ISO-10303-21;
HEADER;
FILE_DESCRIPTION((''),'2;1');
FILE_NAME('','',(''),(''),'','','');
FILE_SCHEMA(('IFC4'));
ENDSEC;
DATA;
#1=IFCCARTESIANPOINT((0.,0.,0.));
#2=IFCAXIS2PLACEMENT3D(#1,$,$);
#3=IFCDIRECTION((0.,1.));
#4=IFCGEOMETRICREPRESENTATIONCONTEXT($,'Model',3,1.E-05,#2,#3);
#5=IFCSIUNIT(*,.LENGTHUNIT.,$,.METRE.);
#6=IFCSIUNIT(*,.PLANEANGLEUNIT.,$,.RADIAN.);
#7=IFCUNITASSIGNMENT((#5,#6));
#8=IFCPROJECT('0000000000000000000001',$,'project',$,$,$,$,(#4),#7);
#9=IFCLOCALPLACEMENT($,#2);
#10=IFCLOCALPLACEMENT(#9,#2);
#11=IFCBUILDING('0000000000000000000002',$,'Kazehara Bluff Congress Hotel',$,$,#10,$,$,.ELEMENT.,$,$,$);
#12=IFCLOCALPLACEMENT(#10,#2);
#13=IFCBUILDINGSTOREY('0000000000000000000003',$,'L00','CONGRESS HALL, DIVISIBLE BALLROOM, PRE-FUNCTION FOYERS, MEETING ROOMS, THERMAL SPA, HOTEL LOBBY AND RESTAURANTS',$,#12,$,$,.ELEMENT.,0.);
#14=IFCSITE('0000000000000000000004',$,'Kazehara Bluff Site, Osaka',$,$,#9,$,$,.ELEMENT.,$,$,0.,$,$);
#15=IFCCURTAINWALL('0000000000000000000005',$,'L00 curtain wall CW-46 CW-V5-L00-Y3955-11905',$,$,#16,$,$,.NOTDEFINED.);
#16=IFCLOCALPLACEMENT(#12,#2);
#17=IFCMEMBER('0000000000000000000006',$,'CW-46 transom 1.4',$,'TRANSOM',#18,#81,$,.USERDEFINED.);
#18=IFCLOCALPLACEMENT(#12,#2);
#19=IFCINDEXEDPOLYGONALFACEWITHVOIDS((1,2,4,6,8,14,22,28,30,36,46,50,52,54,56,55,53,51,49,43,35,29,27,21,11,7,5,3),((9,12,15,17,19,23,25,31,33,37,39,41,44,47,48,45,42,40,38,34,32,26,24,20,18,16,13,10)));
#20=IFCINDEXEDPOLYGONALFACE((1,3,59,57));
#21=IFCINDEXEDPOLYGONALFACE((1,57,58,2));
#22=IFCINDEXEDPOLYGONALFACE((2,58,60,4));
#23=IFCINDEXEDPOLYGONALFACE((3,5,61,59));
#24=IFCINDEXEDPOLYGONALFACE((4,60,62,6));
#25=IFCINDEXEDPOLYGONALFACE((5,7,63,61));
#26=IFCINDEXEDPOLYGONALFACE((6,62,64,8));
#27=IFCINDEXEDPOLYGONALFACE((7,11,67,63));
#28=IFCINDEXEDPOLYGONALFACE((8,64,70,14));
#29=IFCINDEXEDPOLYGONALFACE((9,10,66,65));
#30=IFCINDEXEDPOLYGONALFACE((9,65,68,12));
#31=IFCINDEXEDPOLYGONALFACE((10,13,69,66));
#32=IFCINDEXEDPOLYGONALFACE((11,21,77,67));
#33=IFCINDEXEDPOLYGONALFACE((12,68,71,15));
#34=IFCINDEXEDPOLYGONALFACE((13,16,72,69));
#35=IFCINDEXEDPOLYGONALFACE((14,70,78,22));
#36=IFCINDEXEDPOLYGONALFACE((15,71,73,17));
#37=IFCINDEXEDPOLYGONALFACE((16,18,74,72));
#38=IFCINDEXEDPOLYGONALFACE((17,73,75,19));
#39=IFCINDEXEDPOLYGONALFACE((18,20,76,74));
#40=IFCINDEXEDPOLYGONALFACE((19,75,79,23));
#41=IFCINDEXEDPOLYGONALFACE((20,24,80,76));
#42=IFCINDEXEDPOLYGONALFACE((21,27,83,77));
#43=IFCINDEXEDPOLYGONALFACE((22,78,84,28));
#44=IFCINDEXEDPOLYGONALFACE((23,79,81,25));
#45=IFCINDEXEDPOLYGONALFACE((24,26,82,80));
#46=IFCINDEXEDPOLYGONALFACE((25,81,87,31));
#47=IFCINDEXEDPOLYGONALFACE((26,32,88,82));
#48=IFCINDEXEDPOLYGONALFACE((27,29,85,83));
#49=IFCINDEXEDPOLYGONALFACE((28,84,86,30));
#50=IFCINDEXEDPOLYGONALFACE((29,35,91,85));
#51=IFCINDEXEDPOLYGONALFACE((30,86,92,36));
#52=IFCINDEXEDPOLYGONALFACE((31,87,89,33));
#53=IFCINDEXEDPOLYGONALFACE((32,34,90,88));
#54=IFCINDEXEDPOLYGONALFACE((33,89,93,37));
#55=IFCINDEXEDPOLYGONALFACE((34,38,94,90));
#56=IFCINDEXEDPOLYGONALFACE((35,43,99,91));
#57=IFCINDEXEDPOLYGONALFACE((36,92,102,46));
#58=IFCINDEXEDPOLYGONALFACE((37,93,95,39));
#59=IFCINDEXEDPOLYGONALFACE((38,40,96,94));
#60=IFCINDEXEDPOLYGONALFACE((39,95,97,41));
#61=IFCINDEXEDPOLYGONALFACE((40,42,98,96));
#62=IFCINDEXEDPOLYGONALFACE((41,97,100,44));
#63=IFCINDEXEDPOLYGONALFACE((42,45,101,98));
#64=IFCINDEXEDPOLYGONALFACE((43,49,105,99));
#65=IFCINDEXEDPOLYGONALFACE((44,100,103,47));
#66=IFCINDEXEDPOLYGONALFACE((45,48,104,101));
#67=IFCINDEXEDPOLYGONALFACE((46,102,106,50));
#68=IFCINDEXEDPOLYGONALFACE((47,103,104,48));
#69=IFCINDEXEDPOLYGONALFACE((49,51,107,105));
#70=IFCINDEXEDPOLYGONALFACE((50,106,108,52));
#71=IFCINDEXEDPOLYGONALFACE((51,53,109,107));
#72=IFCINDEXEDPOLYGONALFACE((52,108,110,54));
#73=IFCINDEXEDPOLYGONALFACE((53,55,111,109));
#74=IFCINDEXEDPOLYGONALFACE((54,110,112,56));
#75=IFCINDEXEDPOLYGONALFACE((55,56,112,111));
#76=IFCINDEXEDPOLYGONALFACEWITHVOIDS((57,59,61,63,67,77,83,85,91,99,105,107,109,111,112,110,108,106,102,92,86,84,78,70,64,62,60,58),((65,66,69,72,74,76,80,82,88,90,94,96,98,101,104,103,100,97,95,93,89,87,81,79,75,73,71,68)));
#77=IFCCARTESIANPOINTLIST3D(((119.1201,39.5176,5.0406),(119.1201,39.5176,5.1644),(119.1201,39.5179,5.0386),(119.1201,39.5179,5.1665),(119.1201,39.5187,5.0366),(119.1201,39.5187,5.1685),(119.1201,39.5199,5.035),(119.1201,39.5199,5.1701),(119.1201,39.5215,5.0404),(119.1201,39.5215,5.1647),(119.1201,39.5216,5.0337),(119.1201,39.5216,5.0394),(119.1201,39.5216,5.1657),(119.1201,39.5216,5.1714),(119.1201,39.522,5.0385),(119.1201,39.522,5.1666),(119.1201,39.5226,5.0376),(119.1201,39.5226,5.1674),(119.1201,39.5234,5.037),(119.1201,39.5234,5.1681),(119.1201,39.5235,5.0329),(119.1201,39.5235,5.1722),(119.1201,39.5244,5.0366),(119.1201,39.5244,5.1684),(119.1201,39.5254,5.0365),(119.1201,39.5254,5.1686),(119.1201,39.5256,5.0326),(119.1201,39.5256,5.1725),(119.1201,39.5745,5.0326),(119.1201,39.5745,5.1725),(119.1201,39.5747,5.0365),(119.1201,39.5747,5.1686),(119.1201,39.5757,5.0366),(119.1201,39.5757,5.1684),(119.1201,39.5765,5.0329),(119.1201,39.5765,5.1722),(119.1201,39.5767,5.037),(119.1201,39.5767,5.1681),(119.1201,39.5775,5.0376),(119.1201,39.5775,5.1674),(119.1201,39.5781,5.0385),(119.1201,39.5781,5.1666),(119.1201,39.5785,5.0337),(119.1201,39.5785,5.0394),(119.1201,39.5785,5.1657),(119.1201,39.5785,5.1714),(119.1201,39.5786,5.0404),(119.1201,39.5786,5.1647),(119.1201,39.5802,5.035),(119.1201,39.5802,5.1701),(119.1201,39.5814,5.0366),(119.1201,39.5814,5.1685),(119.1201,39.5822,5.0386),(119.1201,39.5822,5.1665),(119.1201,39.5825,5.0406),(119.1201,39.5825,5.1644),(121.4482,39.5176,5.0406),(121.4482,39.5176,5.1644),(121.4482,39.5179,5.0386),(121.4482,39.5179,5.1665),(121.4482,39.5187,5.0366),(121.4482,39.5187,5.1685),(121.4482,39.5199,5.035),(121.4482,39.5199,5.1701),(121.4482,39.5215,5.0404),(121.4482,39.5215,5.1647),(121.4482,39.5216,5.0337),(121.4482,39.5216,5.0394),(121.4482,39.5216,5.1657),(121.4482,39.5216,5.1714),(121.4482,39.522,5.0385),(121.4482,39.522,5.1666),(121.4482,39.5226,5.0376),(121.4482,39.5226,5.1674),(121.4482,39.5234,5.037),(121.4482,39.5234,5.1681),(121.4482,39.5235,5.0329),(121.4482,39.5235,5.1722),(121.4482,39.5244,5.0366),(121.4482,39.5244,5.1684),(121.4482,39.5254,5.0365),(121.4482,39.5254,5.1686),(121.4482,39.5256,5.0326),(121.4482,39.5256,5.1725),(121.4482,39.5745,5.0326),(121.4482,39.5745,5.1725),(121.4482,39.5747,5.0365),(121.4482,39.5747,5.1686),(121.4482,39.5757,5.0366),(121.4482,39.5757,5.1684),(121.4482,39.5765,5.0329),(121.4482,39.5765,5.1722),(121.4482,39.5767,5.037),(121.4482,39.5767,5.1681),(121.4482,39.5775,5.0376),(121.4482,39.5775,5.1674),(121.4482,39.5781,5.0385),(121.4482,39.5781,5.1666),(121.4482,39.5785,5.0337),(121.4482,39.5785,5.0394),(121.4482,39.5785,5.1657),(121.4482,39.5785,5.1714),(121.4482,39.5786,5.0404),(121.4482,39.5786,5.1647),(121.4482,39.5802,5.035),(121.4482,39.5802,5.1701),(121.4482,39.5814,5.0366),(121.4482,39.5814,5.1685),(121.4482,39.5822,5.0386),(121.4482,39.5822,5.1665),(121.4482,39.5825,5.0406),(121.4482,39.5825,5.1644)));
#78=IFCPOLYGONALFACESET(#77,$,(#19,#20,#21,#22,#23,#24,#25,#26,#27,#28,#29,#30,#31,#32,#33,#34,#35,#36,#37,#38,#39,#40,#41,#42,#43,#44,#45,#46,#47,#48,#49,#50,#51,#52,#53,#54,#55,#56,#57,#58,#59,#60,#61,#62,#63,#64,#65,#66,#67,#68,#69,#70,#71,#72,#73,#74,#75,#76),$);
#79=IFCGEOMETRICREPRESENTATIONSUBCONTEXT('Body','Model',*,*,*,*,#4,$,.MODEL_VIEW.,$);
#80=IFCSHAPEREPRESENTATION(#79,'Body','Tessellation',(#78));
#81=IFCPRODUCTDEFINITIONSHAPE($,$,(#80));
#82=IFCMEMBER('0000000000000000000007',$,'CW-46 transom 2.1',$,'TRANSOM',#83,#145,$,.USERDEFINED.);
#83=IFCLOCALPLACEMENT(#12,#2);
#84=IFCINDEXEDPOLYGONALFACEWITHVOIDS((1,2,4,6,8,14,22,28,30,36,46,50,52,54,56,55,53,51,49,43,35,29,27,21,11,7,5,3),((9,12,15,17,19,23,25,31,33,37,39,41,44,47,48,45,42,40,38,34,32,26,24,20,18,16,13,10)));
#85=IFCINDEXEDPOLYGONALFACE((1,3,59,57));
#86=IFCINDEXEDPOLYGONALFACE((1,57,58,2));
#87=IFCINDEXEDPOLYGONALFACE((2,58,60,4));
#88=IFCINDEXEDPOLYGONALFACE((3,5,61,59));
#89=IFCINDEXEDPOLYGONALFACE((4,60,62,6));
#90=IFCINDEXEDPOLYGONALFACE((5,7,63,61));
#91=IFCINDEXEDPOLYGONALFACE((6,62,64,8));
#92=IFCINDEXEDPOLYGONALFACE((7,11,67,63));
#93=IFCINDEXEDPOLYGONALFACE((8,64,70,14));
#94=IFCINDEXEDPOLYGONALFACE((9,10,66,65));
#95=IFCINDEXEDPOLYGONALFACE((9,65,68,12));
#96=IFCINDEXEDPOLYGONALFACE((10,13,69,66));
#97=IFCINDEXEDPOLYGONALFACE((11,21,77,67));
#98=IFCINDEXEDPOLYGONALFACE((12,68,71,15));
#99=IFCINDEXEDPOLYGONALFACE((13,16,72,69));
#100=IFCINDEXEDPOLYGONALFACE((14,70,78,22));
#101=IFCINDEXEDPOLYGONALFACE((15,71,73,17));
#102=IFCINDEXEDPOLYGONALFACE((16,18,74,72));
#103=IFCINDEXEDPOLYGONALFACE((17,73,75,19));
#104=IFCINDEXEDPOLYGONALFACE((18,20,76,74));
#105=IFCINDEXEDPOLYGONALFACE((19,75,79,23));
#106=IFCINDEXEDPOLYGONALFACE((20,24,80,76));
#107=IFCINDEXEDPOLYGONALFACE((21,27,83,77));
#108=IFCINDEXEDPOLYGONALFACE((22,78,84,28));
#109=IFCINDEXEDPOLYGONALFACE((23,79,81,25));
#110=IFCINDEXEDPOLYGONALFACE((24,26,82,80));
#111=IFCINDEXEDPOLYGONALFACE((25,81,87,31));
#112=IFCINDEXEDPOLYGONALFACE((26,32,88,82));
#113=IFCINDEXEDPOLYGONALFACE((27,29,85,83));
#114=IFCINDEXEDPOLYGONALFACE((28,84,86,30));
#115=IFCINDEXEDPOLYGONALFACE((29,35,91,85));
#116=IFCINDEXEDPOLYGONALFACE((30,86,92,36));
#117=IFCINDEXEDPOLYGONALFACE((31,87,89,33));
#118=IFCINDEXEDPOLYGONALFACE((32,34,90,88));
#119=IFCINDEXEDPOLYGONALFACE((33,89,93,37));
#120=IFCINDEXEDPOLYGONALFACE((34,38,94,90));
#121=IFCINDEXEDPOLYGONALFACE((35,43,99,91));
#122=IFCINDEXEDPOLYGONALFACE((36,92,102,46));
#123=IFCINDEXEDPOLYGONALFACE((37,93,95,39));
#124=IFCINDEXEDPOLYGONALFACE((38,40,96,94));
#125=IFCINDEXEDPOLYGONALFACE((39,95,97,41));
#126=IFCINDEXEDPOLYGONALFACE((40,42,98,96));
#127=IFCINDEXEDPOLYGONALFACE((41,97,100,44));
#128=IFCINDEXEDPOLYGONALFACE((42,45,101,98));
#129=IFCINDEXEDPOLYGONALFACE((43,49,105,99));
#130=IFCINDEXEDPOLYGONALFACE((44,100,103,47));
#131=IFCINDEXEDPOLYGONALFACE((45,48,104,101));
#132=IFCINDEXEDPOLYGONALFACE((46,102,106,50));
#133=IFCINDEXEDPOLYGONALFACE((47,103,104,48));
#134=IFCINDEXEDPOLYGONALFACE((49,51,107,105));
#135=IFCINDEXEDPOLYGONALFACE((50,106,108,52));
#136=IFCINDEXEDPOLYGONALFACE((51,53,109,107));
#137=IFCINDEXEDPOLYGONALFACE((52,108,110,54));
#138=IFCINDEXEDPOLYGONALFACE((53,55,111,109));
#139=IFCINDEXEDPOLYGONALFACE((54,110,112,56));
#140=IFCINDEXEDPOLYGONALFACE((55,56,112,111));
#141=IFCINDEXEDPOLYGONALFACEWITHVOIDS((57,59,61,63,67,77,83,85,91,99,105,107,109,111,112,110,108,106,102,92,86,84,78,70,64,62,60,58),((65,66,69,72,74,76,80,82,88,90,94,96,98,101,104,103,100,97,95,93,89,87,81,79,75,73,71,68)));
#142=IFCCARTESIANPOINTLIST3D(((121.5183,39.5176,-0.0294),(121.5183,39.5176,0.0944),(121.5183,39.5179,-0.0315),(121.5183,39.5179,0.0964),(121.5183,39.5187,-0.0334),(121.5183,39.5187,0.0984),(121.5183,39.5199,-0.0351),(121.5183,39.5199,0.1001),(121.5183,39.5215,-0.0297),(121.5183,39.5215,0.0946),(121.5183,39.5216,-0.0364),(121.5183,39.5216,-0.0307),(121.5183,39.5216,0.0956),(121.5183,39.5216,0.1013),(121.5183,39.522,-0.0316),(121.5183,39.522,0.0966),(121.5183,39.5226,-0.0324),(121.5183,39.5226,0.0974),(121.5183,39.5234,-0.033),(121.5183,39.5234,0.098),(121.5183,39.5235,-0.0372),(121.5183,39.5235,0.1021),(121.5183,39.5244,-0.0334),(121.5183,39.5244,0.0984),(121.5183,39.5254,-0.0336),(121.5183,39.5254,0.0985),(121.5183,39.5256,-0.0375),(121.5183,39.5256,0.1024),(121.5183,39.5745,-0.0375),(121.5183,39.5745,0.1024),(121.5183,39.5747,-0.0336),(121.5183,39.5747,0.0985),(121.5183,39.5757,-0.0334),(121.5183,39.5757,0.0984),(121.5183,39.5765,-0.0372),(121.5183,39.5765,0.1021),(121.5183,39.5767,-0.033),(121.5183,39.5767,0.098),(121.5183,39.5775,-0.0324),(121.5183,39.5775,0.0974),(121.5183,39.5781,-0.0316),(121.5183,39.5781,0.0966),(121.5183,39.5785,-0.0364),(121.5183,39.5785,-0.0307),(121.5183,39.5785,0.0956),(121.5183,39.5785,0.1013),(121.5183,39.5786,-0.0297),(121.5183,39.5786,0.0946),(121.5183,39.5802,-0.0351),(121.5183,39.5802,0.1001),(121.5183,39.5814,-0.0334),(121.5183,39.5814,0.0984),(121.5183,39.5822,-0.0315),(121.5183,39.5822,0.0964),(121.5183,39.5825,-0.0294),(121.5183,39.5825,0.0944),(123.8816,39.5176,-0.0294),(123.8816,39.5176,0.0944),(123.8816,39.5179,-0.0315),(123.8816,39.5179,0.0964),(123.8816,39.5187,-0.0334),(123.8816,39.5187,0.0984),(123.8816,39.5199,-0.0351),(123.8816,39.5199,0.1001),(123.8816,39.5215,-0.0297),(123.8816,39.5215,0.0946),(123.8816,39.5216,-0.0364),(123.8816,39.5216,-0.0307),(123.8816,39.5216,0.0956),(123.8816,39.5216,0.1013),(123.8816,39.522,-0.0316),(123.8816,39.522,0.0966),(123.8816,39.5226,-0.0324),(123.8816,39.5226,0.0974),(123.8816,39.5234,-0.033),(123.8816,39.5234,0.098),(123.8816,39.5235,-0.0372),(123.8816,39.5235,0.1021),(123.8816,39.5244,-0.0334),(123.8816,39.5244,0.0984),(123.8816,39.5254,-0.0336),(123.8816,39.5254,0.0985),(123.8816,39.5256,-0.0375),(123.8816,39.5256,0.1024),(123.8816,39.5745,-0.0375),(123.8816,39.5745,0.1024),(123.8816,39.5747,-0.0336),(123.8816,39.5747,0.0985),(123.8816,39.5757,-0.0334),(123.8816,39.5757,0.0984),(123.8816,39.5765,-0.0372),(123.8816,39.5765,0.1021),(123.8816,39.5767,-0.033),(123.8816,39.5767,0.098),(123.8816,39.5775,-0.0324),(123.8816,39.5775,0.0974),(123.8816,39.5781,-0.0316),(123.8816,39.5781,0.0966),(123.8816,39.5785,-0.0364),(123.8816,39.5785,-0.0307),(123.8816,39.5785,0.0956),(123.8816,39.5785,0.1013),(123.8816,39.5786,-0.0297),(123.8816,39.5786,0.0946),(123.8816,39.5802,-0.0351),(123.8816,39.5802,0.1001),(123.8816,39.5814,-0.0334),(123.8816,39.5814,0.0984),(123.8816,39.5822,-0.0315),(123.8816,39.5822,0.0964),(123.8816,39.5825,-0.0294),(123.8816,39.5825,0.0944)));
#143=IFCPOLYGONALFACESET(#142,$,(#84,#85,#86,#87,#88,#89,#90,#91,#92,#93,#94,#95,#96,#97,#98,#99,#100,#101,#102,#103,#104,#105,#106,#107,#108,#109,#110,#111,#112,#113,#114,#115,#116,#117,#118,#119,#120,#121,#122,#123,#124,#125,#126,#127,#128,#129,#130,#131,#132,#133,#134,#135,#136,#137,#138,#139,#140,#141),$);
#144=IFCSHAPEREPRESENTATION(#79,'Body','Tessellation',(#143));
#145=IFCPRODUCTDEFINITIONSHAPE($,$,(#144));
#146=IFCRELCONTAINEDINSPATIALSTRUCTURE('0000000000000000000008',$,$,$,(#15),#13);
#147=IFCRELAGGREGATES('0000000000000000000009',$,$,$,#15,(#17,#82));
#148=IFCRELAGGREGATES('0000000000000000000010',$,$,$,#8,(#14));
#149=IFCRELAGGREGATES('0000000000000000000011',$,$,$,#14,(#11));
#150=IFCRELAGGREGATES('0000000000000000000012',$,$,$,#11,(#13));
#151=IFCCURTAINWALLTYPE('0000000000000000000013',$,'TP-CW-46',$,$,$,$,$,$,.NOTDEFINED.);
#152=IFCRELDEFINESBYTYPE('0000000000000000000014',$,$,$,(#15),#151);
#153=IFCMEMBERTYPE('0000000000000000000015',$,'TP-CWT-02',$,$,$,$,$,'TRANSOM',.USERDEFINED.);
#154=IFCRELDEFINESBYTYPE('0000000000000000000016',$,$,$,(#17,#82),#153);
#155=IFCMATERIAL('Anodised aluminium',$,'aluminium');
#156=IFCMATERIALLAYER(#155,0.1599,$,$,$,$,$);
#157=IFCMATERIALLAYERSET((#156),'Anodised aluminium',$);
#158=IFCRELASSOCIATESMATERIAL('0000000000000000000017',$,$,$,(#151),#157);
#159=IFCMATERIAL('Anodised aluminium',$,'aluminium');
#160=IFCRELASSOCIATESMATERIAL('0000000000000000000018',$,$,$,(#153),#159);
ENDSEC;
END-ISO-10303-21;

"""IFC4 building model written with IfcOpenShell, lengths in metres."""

from ifc_helpers import new_model, si_unit, direction, frame, origin, origin_2d, place, context, subcontext, project, spatial, hollow_rectangle, extrude, material, layer, layer_set, material_profile, profile_set, type_object, element, aggregate, save


model = new_model("IFC4")

# Units and contexts
model_context = context("Model", 3, precision=1e-05, world=origin(), true_north=direction((0.0, 1.0)))
body_context = subcontext(model_context, "Body", "Model", "MODEL_VIEW")
ifc_project = project(units=[si_unit("LENGTHUNIT", "METRE"), si_unit("PLANEANGLEUNIT", "RADIAN")], contexts=[model_context])

# Site, building, storey
site_placement = place(None, origin())
site = spatial("IfcSite", under=ifc_project, at=site_placement, Name="Kazehara Bluff Site, Osaka", CompositionType="ELEMENT", RefElevation=0.0)
building_placement = place(site_placement, origin())
building = spatial("IfcBuilding", under=site, at=building_placement, Name="Kazehara Bluff Congress Hotel", CompositionType="ELEMENT")
storey_placement = place(building_placement, origin())
storey = spatial("IfcBuildingStorey", under=building, at=storey_placement, Name="L00", Description="CONGRESS HALL, DIVISIBLE BALLROOM, PRE-FUNCTION FOYERS, MEETING ROOMS, THERMAL SPA, HOTEL LOBBY AND RESTAURANTS", CompositionType="ELEMENT", Elevation=0.0)

# Curtain wall, members
ifc_material_1 = material(Name="Anodised aluminium", Category="aluminium")
ifc_layer_1 = layer(ifc_material_1, 0.1599)
ifc_layer_set_1 = layer_set([ifc_layer_1], Name="Anodised aluminium")
curtain_wall_type = type_object("IfcCurtainWallType", Name="TP-CW-46", PredefinedType="NOTDEFINED", material=ifc_layer_set_1)
curtain_wall_placement = place(storey_placement, origin())
curtain_wall = element("IfcCurtainWall", 1, at=curtain_wall_placement, inside=storey, type_object=curtain_wall_type, Name="L00 curtain wall CW-46 CW-V5-L00-Y3955-11905", PredefinedType="NOTDEFINED")
ifc_material_2 = material(Name="Anodised aluminium", Category="aluminium")
ifc_material_profile_1 = material_profile(ifc_material_2, hollow_rectangle(XDim=0.0649, YDim=0.1399, WallThickness=0.0039, InnerFilletRadius=0.0039, OuterFilletRadius=0.0081, at=origin_2d()))
ifc_profile_set_1 = profile_set([ifc_material_profile_1], Name="Anodised aluminium")
member_type_1 = type_object("IfcMemberType", Name="TP-CWT-02", ElementType="TRANSOM", PredefinedType="USERDEFINED", material=ifc_profile_set_1)
member_1_placement = place(storey_placement, frame((119.1201, 39.55, 5.1025), z_axis=(1.0, 0.0, 0.0), x_axis=(0.0, 1.0, 0.0)))
member_1 = element("IfcMember", 2, at=member_1_placement, type_object=member_type_1, Name="CW-46 transom 1.4", ObjectType="TRANSOM", PredefinedType="USERDEFINED", context=body_context, shape_type="SweptSolid", body=[
    extrude(hollow_rectangle(XDim=0.0649, YDim=0.1399, WallThickness=0.0039, InnerFilletRadius=0.0039, OuterFilletRadius=0.0081, at=origin_2d()), origin(), (0.0, 0.0, 1.0), 2.3281),
])
member_2_placement = place(storey_placement, frame((121.5183, 39.55, 0.0325), z_axis=(1.0, 0.0, 0.0), x_axis=(0.0, 1.0, 0.0)))
member_2 = element("IfcMember", 3, at=member_2_placement, type_object=member_type_1, Name="CW-46 transom 2.1", ObjectType="TRANSOM", PredefinedType="USERDEFINED", context=body_context, shape_type="SweptSolid", body=[
    extrude(hollow_rectangle(XDim=0.0649, YDim=0.1399, WallThickness=0.0039, InnerFilletRadius=0.0039, OuterFilletRadius=0.0081, at=origin_2d()), origin(), (0.0, 0.0, 1.0), 2.3633),
])

aggregate(curtain_wall, [member_1, member_2])

save(model, "model.ifc")
